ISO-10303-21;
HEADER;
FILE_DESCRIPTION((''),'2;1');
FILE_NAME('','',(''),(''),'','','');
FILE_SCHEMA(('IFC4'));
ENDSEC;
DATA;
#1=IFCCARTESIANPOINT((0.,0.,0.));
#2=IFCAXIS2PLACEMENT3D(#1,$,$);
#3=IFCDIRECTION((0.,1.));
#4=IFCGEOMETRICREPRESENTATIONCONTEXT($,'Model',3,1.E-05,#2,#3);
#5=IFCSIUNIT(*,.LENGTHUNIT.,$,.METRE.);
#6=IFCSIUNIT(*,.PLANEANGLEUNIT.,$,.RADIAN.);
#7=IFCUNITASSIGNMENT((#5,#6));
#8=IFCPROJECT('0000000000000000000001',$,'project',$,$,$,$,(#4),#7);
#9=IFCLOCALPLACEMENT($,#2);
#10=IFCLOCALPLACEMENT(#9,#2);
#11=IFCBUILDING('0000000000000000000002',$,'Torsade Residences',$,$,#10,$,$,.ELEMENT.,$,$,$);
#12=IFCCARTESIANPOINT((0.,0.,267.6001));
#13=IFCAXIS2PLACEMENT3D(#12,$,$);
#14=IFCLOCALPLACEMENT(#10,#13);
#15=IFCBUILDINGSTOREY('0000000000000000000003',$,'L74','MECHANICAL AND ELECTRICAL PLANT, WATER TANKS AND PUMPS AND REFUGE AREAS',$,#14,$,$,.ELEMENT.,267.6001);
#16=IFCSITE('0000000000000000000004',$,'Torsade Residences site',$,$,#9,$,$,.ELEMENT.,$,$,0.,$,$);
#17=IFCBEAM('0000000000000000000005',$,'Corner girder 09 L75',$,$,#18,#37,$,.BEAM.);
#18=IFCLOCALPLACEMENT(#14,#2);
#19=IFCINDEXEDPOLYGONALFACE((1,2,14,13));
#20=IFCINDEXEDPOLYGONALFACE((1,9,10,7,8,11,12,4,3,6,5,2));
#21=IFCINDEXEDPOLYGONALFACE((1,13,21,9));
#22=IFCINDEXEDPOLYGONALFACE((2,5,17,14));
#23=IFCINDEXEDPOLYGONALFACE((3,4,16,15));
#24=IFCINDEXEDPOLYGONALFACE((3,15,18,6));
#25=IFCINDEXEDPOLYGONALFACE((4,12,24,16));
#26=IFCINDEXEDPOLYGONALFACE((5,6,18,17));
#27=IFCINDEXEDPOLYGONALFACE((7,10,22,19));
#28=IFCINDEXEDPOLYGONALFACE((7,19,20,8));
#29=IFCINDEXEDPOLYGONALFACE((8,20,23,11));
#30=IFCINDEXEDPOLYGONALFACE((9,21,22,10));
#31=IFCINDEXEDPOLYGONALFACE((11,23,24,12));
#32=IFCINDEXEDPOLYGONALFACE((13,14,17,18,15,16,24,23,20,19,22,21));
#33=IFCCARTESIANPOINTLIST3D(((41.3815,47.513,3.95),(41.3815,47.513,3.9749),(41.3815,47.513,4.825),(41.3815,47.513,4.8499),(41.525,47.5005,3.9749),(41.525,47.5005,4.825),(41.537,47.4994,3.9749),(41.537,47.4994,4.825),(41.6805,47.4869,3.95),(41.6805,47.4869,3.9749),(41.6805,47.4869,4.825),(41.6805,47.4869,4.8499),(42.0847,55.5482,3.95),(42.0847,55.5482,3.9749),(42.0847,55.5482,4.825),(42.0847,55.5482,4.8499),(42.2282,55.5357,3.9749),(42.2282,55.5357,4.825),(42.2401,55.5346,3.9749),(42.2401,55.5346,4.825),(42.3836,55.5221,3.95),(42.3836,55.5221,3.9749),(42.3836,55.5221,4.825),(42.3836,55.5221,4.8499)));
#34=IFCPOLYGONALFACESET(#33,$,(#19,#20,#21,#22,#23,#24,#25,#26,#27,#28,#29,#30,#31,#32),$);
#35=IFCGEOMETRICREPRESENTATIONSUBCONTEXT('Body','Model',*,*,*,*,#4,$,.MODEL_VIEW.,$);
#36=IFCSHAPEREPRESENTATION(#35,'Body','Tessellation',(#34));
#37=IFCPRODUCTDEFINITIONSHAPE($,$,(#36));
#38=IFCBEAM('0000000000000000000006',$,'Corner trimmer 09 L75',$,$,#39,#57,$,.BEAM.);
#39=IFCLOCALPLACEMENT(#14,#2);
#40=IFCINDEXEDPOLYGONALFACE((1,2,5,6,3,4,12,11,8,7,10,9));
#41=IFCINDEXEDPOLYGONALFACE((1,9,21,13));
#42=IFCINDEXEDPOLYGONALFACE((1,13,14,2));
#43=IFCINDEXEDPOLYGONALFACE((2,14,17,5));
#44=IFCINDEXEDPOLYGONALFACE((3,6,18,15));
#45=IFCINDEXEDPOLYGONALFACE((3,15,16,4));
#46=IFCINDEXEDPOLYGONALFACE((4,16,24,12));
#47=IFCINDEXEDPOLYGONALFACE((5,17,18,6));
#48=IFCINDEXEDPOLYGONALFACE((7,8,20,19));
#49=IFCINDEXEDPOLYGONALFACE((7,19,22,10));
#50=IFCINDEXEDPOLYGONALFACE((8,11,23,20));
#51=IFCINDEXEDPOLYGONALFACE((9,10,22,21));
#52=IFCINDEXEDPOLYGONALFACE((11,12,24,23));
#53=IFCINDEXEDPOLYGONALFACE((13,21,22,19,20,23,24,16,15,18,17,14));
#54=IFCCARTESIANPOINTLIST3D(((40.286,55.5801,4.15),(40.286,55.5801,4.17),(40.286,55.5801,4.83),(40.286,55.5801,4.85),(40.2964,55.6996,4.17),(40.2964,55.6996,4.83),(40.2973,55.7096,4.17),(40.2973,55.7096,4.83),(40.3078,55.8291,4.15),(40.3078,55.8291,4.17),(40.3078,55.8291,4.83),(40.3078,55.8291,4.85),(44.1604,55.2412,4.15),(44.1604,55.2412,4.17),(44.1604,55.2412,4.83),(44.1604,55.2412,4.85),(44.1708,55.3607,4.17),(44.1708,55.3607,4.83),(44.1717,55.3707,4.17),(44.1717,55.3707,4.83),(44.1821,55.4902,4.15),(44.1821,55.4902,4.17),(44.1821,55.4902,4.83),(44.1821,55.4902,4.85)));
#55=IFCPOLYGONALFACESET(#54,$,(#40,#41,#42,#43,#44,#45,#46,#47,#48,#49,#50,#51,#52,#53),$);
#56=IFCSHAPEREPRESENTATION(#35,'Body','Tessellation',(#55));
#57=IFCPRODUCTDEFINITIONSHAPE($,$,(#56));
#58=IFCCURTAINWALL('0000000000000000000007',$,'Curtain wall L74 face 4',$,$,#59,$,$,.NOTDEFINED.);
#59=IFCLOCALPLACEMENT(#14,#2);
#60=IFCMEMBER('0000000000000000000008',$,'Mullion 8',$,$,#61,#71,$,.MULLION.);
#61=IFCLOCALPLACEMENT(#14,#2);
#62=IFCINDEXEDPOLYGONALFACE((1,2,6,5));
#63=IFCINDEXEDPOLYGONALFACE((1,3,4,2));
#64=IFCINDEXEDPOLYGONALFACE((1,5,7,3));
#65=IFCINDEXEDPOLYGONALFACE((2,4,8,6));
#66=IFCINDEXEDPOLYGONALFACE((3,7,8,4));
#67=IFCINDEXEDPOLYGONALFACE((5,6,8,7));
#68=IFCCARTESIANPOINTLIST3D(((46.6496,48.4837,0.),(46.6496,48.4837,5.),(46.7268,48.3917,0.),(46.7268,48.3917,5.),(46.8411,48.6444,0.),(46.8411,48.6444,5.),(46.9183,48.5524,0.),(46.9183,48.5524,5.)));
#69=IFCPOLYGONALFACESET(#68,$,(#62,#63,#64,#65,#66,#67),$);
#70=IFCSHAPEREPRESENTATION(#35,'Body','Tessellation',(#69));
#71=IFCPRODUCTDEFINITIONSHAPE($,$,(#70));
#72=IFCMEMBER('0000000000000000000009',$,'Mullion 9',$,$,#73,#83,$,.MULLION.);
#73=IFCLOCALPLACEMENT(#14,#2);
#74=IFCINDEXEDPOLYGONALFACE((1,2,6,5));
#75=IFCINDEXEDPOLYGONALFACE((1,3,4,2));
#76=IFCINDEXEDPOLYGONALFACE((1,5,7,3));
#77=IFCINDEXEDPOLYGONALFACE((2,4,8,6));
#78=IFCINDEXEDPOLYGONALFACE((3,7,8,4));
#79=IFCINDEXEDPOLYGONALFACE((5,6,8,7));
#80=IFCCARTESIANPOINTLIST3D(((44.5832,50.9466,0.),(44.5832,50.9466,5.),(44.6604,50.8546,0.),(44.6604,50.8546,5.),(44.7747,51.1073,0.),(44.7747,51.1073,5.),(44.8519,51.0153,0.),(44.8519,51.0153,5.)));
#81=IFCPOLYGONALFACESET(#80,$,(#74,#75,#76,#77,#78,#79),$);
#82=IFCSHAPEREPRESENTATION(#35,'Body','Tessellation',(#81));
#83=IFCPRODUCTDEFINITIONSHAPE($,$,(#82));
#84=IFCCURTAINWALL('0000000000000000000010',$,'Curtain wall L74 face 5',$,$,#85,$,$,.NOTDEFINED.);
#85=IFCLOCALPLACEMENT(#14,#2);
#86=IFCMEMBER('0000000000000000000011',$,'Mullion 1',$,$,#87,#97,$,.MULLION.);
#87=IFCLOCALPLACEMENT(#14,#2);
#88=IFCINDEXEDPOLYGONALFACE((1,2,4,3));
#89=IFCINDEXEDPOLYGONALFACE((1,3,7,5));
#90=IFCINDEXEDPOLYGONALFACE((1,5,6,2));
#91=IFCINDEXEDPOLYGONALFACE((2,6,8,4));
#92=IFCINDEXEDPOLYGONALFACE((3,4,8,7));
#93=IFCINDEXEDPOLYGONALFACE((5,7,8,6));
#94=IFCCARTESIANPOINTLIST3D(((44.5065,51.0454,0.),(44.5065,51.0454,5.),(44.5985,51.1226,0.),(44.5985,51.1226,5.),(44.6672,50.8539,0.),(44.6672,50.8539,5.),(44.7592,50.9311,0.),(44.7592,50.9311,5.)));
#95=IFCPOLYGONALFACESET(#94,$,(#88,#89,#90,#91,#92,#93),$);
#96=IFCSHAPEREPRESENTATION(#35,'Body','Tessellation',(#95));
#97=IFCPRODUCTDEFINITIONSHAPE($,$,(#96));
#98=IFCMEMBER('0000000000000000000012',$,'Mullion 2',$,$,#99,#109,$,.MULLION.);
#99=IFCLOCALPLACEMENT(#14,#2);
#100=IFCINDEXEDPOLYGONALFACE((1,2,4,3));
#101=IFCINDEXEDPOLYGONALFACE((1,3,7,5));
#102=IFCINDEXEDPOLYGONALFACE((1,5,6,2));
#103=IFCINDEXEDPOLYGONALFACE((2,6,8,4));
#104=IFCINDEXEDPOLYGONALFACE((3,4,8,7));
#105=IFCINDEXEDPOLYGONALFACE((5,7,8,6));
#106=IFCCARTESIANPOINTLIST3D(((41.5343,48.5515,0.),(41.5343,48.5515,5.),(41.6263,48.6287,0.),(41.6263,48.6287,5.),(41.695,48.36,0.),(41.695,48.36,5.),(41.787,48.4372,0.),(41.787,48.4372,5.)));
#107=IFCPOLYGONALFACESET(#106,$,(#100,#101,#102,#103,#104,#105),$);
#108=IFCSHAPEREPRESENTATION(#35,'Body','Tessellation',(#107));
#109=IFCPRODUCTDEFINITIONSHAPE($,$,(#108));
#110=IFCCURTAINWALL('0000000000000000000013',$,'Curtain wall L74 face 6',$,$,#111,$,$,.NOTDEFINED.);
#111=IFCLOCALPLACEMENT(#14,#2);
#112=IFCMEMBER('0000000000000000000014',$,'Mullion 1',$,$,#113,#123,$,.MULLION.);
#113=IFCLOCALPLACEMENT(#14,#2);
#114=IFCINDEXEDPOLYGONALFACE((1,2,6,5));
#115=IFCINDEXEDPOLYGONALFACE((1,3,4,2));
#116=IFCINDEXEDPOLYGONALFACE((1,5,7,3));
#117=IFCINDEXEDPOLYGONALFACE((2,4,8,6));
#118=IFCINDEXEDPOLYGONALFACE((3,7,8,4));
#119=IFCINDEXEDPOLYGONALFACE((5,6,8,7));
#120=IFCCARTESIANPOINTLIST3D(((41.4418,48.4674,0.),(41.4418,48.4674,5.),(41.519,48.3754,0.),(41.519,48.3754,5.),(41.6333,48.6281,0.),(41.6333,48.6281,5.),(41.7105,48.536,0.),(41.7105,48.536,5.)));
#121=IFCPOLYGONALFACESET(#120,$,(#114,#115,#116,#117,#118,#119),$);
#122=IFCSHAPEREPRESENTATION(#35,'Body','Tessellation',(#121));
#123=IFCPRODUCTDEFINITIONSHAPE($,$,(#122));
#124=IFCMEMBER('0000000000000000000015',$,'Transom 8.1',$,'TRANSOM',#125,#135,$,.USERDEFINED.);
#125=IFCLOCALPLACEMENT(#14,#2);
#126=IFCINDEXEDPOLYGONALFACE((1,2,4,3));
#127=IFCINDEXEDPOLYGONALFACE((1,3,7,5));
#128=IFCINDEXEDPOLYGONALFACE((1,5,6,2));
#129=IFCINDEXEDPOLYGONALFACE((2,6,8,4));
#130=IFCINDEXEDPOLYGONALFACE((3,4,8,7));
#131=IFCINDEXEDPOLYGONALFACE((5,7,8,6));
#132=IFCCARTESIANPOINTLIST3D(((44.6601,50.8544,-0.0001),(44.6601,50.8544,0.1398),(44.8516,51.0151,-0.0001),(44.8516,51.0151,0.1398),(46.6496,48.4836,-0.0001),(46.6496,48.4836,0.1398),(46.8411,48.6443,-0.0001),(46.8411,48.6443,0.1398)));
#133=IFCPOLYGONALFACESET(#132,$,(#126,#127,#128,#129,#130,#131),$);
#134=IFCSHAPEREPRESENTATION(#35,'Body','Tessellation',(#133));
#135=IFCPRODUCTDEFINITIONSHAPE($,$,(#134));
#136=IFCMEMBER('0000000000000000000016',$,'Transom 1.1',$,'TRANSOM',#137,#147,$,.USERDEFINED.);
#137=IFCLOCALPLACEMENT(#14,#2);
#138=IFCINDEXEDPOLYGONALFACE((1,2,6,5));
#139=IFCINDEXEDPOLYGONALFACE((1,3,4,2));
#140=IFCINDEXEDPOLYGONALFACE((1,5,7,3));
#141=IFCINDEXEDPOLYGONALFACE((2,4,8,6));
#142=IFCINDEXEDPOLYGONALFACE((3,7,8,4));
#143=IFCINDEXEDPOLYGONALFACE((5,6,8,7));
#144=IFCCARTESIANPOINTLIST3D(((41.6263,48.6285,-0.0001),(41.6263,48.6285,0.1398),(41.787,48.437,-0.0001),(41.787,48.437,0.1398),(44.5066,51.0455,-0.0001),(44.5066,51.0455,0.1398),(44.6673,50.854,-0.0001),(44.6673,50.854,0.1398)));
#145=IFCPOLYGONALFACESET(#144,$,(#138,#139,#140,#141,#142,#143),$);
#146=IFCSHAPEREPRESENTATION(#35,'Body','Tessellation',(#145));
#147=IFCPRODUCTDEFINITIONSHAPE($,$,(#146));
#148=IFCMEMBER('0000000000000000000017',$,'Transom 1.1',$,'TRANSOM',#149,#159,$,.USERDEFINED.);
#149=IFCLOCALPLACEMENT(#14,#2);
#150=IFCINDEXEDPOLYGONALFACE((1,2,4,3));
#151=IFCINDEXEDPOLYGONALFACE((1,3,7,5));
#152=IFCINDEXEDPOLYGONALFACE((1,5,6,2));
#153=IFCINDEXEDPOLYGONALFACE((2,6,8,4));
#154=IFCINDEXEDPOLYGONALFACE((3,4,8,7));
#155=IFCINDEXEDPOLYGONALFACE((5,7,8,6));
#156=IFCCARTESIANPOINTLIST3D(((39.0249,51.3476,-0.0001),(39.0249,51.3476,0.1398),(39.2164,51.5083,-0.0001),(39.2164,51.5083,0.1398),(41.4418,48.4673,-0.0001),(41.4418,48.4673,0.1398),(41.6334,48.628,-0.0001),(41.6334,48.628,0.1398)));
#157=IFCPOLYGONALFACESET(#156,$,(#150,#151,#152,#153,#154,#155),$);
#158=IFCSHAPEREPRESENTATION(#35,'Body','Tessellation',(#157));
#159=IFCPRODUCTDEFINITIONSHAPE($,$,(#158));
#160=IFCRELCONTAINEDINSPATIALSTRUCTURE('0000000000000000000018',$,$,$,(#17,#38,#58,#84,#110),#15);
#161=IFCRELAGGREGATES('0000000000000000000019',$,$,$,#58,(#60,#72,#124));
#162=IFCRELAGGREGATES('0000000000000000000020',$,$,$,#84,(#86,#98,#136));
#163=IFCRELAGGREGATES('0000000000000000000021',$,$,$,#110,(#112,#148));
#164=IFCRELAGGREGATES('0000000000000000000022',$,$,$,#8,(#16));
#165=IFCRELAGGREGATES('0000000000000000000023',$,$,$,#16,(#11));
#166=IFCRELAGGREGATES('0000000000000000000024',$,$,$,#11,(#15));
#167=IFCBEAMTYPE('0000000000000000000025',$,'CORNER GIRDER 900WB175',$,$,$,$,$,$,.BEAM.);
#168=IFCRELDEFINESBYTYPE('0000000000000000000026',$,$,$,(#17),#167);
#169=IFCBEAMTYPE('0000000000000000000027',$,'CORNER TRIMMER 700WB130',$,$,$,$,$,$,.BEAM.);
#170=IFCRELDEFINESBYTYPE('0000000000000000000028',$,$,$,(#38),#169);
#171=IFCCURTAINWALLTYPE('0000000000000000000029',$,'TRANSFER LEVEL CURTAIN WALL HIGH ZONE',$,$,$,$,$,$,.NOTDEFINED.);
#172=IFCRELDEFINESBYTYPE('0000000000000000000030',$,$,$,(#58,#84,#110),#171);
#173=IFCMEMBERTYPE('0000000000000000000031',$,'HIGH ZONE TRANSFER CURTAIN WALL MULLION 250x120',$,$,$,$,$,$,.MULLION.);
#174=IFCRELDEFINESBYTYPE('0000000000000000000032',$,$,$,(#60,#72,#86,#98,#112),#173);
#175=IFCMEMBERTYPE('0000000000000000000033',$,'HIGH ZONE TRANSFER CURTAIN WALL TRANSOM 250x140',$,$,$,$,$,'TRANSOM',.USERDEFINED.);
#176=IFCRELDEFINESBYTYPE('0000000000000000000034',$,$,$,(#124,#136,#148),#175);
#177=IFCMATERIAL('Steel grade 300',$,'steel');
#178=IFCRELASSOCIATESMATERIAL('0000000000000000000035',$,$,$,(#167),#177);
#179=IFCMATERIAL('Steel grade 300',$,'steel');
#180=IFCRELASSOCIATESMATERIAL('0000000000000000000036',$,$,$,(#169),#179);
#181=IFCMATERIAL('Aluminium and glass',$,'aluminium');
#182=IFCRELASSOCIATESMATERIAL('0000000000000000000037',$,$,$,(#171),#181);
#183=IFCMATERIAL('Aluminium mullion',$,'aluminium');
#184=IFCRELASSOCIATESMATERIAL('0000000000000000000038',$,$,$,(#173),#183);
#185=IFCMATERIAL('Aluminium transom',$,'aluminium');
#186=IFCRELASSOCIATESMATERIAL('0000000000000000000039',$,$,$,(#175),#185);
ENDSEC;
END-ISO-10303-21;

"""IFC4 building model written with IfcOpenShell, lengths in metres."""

from ifc_helpers import new_model, si_unit, direction, frame, origin, origin_2d, place, context, subcontext, project, spatial, rectangle, i_section, extrude, material, material_profile, profile_set, type_object, element, aggregate, save


model = new_model("IFC4")

# Units and contexts
model_context = context("Model", 3, precision=1e-05, world=origin(), true_north=direction((0.0, 1.0)))
body_context = subcontext(model_context, "Body", "Model", "MODEL_VIEW")
ifc_project = project(units=[si_unit("LENGTHUNIT", "METRE"), si_unit("PLANEANGLEUNIT", "RADIAN")], contexts=[model_context])

# Site, building, storey
site_placement = place(None, origin())
site = spatial("IfcSite", under=ifc_project, at=site_placement, Name="Torsade Residences site", CompositionType="ELEMENT", RefElevation=0.0)
building_placement = place(site_placement, origin())
building = spatial("IfcBuilding", under=site, at=building_placement, Name="Torsade Residences", CompositionType="ELEMENT")
storey_placement = place(building_placement, frame((0.0, 0.0, 267.6001)))
storey = spatial("IfcBuildingStorey", under=building, at=storey_placement, Name="L74", Description="MECHANICAL AND ELECTRICAL PLANT, WATER TANKS AND PUMPS AND REFUGE AREAS", CompositionType="ELEMENT", Elevation=267.6001)

# Beams
ifc_material_1 = material(Name="Steel grade 300", Category="steel")
ifc_material_profile_1 = material_profile(ifc_material_1, i_section(OverallWidth=0.3, OverallDepth=0.8999, WebThickness=0.012, FlangeThickness=0.0249, at=origin_2d()), Name="900WB175")
ifc_profile_set_1 = profile_set([ifc_material_profile_1], Name="Steel grade 300")
beam_type_1 = type_object("IfcBeamType", Name="CORNER GIRDER 900WB175", PredefinedType="BEAM", material=ifc_profile_set_1)
beam_1_placement = place(storey_placement, frame((42.2341, 55.5352, 4.3999), z_axis=(-0.087173, -0.996193, 0.0), x_axis=(0.996193, -0.087173, 0.0)))
element("IfcBeam", 1, at=beam_1_placement, inside=storey, type_object=beam_type_1, Name="Corner girder 09 L75", PredefinedType="BEAM", context=body_context, shape_type="SweptSolid", body=[
    extrude(i_section(OverallWidth=0.3, OverallDepth=0.8999, WebThickness=0.012, FlangeThickness=0.0249, at=origin_2d()), origin(), (0.0, 0.0, 1.0), 8.0659),
])
ifc_material_2 = material(Name="Steel grade 300", Category="steel")
ifc_material_profile_2 = material_profile(ifc_material_2, i_section(OverallWidth=0.25, OverallDepth=0.7, WebThickness=0.01, FlangeThickness=0.02, at=origin_2d()), Name="700WB130")
ifc_profile_set_2 = profile_set([ifc_material_profile_2], Name="Steel grade 300")
beam_type_2 = type_object("IfcBeamType", Name="CORNER TRIMMER 700WB130", PredefinedType="BEAM", material=ifc_profile_set_2)
beam_2_placement = place(storey_placement, frame((40.2969, 55.7046, 4.5), z_axis=(0.996197, -0.087133, 0.0), x_axis=(0.087133, 0.996197, 0.0)))
element("IfcBeam", 2, at=beam_2_placement, inside=storey, type_object=beam_type_2, Name="Corner trimmer 09 L75", PredefinedType="BEAM", context=body_context, shape_type="SweptSolid", body=[
    extrude(i_section(OverallWidth=0.25, OverallDepth=0.7, WebThickness=0.01, FlangeThickness=0.02, at=origin_2d()), origin(), (0.0, 0.0, 1.0), 3.8892),
])

# Curtain walls, members
ifc_material_3 = material(Name="Aluminium and glass", Category="aluminium")
curtain_wall_type = type_object("IfcCurtainWallType", Name="TRANSFER LEVEL CURTAIN WALL HIGH ZONE", PredefinedType="NOTDEFINED", material=ifc_material_3)
curtain_wall_1_placement = place(storey_placement, origin())
curtain_wall_1 = element("IfcCurtainWall", 3, at=curtain_wall_1_placement, inside=storey, type_object=curtain_wall_type, Name="Curtain wall L74 face 4", PredefinedType="NOTDEFINED")
ifc_material_4 = material(Name="Aluminium mullion", Category="aluminium")
ifc_material_profile_3 = material_profile(ifc_material_4, rectangle(XDim=0.25, YDim=0.1201, at=origin_2d()), Name="HIGH ZONE TRANSFER CURTAIN WALL MULLION 250x120")
ifc_profile_set_3 = profile_set([ifc_material_profile_3], Name="Aluminium mullion")
member_type_1 = type_object("IfcMemberType", Name="HIGH ZONE TRANSFER CURTAIN WALL MULLION 250x120", PredefinedType="MULLION", material=ifc_profile_set_3)
member_1_placement = place(storey_placement, frame((46.7839, 48.5181, 0.0), z_axis=(0.0, 0.0, 1.0), x_axis=(-0.766044, -0.642788, 0.0)))
member_1 = element("IfcMember", 4, at=member_1_placement, type_object=member_type_1, Name="Mullion 8", PredefinedType="MULLION", context=body_context, shape_type="SweptSolid", body=[
    extrude(rectangle(XDim=0.25, YDim=0.1201, at=origin_2d()), origin(), (0.0, 0.0, 1.0), 5.0),
])
member_2_placement = place(storey_placement, frame((44.7175, 50.981, 0.0), z_axis=(0.0, 0.0, 1.0), x_axis=(-0.766044, -0.642788, 0.0)))
member_2 = element("IfcMember", 5, at=member_2_placement, type_object=member_type_1, Name="Mullion 9", PredefinedType="MULLION", context=body_context, shape_type="SweptSolid", body=[
    extrude(rectangle(XDim=0.25, YDim=0.1201, at=origin_2d()), origin(), (0.0, 0.0, 1.0), 5.0),
])
curtain_wall_2_placement = place(storey_placement, origin())
curtain_wall_2 = element("IfcCurtainWall", 6, at=curtain_wall_2_placement, inside=storey, type_object=curtain_wall_type, Name="Curtain wall L74 face 5", PredefinedType="NOTDEFINED")
member_3_placement = place(storey_placement, frame((44.6328, 50.9883, 0.0), z_axis=(0.0, 0.0, 1.0), x_axis=(0.642788, -0.766044, 0.0)))
member_3 = element("IfcMember", 7, at=member_3_placement, type_object=member_type_1, Name="Mullion 1", PredefinedType="MULLION", context=body_context, shape_type="SweptSolid", body=[
    extrude(rectangle(XDim=0.25, YDim=0.1201, at=origin_2d()), origin(), (0.0, 0.0, 1.0), 5.0),
])
member_4_placement = place(storey_placement, frame((41.6606, 48.4944, 0.0), z_axis=(0.0, 0.0, 1.0), x_axis=(0.642788, -0.766044, 0.0)))
member_4 = element("IfcMember", 8, at=member_4_placement, type_object=member_type_1, Name="Mullion 2", PredefinedType="MULLION", context=body_context, shape_type="SweptSolid", body=[
    extrude(rectangle(XDim=0.25, YDim=0.1201, at=origin_2d()), origin(), (0.0, 0.0, 1.0), 5.0),
])

# Curtain wall, member
curtain_wall_3_placement = place(storey_placement, origin())
curtain_wall_3 = element("IfcCurtainWall", 9, at=curtain_wall_3_placement, inside=storey, type_object=curtain_wall_type, Name="Curtain wall L74 face 6", PredefinedType="NOTDEFINED")
member_5_placement = place(storey_placement, frame((41.5762, 48.5017, 0.0), z_axis=(0.0, 0.0, 1.0), x_axis=(-0.766044, -0.642788, 0.0)))
member_5 = element("IfcMember", 10, at=member_5_placement, type_object=member_type_1, Name="Mullion 1", PredefinedType="MULLION", context=body_context, shape_type="SweptSolid", body=[
    extrude(rectangle(XDim=0.25, YDim=0.1201, at=origin_2d()), origin(), (0.0, 0.0, 1.0), 5.0),
])

# Members
ifc_material_5 = material(Name="Aluminium transom", Category="aluminium")
ifc_material_profile_4 = material_profile(ifc_material_5, rectangle(XDim=0.25, YDim=0.1399, at=origin_2d()), Name="HIGH ZONE TRANSFER CURTAIN WALL TRANSOM 250x140")
ifc_profile_set_4 = profile_set([ifc_material_profile_4], Name="Aluminium transom")
member_type_2 = type_object("IfcMemberType", Name="HIGH ZONE TRANSFER CURTAIN WALL TRANSOM 250x140", ElementType="TRANSOM", PredefinedType="USERDEFINED", material=ifc_profile_set_4)
member_6_placement = place(storey_placement, frame((46.7454, 48.564, 0.0698), z_axis=(-0.642811, 0.766025, 0.0), x_axis=(-0.766025, -0.642811, 0.0)))
member_6 = element("IfcMember", 11, at=member_6_placement, type_object=member_type_2, Name="Transom 8.1", ObjectType="TRANSOM", PredefinedType="USERDEFINED", context=body_context, shape_type="SweptSolid", body=[
    extrude(rectangle(XDim=0.25, YDim=0.1399, at=origin_2d()), origin(), (0.0, 0.0, 1.0), 3.095),
])
member_7_placement = place(storey_placement, frame((44.5869, 50.9497, 0.0698), z_axis=(-0.766035, -0.642799, 0.0), x_axis=(0.642799, -0.766035, 0.0)))
member_7 = element("IfcMember", 12, at=member_7_placement, type_object=member_type_2, Name="Transom 1.1", ObjectType="TRANSOM", PredefinedType="USERDEFINED", context=body_context, shape_type="SweptSolid", body=[
    extrude(rectangle(XDim=0.25, YDim=0.1399, at=origin_2d()), origin(), (0.0, 0.0, 1.0), 3.76),
])
member_8_placement = place(storey_placement, frame((41.5376, 48.5476, 0.0698), z_axis=(-0.642799, 0.766035, 0.0), x_axis=(-0.766035, -0.642799, 0.0)))
member_8 = element("IfcMember", 13, at=member_8_placement, type_object=member_type_2, Name="Transom 1.1", ObjectType="TRANSOM", PredefinedType="USERDEFINED", context=body_context, shape_type="SweptSolid", body=[
    extrude(rectangle(XDim=0.25, YDim=0.1399, at=origin_2d()), origin(), (0.0, 0.0, 1.0), 3.76),
])

aggregate(curtain_wall_1, [member_1, member_2, member_6])
aggregate(curtain_wall_2, [member_3, member_4, member_7])
aggregate(curtain_wall_3, [member_5, member_8])

save(model, "model.ifc")
